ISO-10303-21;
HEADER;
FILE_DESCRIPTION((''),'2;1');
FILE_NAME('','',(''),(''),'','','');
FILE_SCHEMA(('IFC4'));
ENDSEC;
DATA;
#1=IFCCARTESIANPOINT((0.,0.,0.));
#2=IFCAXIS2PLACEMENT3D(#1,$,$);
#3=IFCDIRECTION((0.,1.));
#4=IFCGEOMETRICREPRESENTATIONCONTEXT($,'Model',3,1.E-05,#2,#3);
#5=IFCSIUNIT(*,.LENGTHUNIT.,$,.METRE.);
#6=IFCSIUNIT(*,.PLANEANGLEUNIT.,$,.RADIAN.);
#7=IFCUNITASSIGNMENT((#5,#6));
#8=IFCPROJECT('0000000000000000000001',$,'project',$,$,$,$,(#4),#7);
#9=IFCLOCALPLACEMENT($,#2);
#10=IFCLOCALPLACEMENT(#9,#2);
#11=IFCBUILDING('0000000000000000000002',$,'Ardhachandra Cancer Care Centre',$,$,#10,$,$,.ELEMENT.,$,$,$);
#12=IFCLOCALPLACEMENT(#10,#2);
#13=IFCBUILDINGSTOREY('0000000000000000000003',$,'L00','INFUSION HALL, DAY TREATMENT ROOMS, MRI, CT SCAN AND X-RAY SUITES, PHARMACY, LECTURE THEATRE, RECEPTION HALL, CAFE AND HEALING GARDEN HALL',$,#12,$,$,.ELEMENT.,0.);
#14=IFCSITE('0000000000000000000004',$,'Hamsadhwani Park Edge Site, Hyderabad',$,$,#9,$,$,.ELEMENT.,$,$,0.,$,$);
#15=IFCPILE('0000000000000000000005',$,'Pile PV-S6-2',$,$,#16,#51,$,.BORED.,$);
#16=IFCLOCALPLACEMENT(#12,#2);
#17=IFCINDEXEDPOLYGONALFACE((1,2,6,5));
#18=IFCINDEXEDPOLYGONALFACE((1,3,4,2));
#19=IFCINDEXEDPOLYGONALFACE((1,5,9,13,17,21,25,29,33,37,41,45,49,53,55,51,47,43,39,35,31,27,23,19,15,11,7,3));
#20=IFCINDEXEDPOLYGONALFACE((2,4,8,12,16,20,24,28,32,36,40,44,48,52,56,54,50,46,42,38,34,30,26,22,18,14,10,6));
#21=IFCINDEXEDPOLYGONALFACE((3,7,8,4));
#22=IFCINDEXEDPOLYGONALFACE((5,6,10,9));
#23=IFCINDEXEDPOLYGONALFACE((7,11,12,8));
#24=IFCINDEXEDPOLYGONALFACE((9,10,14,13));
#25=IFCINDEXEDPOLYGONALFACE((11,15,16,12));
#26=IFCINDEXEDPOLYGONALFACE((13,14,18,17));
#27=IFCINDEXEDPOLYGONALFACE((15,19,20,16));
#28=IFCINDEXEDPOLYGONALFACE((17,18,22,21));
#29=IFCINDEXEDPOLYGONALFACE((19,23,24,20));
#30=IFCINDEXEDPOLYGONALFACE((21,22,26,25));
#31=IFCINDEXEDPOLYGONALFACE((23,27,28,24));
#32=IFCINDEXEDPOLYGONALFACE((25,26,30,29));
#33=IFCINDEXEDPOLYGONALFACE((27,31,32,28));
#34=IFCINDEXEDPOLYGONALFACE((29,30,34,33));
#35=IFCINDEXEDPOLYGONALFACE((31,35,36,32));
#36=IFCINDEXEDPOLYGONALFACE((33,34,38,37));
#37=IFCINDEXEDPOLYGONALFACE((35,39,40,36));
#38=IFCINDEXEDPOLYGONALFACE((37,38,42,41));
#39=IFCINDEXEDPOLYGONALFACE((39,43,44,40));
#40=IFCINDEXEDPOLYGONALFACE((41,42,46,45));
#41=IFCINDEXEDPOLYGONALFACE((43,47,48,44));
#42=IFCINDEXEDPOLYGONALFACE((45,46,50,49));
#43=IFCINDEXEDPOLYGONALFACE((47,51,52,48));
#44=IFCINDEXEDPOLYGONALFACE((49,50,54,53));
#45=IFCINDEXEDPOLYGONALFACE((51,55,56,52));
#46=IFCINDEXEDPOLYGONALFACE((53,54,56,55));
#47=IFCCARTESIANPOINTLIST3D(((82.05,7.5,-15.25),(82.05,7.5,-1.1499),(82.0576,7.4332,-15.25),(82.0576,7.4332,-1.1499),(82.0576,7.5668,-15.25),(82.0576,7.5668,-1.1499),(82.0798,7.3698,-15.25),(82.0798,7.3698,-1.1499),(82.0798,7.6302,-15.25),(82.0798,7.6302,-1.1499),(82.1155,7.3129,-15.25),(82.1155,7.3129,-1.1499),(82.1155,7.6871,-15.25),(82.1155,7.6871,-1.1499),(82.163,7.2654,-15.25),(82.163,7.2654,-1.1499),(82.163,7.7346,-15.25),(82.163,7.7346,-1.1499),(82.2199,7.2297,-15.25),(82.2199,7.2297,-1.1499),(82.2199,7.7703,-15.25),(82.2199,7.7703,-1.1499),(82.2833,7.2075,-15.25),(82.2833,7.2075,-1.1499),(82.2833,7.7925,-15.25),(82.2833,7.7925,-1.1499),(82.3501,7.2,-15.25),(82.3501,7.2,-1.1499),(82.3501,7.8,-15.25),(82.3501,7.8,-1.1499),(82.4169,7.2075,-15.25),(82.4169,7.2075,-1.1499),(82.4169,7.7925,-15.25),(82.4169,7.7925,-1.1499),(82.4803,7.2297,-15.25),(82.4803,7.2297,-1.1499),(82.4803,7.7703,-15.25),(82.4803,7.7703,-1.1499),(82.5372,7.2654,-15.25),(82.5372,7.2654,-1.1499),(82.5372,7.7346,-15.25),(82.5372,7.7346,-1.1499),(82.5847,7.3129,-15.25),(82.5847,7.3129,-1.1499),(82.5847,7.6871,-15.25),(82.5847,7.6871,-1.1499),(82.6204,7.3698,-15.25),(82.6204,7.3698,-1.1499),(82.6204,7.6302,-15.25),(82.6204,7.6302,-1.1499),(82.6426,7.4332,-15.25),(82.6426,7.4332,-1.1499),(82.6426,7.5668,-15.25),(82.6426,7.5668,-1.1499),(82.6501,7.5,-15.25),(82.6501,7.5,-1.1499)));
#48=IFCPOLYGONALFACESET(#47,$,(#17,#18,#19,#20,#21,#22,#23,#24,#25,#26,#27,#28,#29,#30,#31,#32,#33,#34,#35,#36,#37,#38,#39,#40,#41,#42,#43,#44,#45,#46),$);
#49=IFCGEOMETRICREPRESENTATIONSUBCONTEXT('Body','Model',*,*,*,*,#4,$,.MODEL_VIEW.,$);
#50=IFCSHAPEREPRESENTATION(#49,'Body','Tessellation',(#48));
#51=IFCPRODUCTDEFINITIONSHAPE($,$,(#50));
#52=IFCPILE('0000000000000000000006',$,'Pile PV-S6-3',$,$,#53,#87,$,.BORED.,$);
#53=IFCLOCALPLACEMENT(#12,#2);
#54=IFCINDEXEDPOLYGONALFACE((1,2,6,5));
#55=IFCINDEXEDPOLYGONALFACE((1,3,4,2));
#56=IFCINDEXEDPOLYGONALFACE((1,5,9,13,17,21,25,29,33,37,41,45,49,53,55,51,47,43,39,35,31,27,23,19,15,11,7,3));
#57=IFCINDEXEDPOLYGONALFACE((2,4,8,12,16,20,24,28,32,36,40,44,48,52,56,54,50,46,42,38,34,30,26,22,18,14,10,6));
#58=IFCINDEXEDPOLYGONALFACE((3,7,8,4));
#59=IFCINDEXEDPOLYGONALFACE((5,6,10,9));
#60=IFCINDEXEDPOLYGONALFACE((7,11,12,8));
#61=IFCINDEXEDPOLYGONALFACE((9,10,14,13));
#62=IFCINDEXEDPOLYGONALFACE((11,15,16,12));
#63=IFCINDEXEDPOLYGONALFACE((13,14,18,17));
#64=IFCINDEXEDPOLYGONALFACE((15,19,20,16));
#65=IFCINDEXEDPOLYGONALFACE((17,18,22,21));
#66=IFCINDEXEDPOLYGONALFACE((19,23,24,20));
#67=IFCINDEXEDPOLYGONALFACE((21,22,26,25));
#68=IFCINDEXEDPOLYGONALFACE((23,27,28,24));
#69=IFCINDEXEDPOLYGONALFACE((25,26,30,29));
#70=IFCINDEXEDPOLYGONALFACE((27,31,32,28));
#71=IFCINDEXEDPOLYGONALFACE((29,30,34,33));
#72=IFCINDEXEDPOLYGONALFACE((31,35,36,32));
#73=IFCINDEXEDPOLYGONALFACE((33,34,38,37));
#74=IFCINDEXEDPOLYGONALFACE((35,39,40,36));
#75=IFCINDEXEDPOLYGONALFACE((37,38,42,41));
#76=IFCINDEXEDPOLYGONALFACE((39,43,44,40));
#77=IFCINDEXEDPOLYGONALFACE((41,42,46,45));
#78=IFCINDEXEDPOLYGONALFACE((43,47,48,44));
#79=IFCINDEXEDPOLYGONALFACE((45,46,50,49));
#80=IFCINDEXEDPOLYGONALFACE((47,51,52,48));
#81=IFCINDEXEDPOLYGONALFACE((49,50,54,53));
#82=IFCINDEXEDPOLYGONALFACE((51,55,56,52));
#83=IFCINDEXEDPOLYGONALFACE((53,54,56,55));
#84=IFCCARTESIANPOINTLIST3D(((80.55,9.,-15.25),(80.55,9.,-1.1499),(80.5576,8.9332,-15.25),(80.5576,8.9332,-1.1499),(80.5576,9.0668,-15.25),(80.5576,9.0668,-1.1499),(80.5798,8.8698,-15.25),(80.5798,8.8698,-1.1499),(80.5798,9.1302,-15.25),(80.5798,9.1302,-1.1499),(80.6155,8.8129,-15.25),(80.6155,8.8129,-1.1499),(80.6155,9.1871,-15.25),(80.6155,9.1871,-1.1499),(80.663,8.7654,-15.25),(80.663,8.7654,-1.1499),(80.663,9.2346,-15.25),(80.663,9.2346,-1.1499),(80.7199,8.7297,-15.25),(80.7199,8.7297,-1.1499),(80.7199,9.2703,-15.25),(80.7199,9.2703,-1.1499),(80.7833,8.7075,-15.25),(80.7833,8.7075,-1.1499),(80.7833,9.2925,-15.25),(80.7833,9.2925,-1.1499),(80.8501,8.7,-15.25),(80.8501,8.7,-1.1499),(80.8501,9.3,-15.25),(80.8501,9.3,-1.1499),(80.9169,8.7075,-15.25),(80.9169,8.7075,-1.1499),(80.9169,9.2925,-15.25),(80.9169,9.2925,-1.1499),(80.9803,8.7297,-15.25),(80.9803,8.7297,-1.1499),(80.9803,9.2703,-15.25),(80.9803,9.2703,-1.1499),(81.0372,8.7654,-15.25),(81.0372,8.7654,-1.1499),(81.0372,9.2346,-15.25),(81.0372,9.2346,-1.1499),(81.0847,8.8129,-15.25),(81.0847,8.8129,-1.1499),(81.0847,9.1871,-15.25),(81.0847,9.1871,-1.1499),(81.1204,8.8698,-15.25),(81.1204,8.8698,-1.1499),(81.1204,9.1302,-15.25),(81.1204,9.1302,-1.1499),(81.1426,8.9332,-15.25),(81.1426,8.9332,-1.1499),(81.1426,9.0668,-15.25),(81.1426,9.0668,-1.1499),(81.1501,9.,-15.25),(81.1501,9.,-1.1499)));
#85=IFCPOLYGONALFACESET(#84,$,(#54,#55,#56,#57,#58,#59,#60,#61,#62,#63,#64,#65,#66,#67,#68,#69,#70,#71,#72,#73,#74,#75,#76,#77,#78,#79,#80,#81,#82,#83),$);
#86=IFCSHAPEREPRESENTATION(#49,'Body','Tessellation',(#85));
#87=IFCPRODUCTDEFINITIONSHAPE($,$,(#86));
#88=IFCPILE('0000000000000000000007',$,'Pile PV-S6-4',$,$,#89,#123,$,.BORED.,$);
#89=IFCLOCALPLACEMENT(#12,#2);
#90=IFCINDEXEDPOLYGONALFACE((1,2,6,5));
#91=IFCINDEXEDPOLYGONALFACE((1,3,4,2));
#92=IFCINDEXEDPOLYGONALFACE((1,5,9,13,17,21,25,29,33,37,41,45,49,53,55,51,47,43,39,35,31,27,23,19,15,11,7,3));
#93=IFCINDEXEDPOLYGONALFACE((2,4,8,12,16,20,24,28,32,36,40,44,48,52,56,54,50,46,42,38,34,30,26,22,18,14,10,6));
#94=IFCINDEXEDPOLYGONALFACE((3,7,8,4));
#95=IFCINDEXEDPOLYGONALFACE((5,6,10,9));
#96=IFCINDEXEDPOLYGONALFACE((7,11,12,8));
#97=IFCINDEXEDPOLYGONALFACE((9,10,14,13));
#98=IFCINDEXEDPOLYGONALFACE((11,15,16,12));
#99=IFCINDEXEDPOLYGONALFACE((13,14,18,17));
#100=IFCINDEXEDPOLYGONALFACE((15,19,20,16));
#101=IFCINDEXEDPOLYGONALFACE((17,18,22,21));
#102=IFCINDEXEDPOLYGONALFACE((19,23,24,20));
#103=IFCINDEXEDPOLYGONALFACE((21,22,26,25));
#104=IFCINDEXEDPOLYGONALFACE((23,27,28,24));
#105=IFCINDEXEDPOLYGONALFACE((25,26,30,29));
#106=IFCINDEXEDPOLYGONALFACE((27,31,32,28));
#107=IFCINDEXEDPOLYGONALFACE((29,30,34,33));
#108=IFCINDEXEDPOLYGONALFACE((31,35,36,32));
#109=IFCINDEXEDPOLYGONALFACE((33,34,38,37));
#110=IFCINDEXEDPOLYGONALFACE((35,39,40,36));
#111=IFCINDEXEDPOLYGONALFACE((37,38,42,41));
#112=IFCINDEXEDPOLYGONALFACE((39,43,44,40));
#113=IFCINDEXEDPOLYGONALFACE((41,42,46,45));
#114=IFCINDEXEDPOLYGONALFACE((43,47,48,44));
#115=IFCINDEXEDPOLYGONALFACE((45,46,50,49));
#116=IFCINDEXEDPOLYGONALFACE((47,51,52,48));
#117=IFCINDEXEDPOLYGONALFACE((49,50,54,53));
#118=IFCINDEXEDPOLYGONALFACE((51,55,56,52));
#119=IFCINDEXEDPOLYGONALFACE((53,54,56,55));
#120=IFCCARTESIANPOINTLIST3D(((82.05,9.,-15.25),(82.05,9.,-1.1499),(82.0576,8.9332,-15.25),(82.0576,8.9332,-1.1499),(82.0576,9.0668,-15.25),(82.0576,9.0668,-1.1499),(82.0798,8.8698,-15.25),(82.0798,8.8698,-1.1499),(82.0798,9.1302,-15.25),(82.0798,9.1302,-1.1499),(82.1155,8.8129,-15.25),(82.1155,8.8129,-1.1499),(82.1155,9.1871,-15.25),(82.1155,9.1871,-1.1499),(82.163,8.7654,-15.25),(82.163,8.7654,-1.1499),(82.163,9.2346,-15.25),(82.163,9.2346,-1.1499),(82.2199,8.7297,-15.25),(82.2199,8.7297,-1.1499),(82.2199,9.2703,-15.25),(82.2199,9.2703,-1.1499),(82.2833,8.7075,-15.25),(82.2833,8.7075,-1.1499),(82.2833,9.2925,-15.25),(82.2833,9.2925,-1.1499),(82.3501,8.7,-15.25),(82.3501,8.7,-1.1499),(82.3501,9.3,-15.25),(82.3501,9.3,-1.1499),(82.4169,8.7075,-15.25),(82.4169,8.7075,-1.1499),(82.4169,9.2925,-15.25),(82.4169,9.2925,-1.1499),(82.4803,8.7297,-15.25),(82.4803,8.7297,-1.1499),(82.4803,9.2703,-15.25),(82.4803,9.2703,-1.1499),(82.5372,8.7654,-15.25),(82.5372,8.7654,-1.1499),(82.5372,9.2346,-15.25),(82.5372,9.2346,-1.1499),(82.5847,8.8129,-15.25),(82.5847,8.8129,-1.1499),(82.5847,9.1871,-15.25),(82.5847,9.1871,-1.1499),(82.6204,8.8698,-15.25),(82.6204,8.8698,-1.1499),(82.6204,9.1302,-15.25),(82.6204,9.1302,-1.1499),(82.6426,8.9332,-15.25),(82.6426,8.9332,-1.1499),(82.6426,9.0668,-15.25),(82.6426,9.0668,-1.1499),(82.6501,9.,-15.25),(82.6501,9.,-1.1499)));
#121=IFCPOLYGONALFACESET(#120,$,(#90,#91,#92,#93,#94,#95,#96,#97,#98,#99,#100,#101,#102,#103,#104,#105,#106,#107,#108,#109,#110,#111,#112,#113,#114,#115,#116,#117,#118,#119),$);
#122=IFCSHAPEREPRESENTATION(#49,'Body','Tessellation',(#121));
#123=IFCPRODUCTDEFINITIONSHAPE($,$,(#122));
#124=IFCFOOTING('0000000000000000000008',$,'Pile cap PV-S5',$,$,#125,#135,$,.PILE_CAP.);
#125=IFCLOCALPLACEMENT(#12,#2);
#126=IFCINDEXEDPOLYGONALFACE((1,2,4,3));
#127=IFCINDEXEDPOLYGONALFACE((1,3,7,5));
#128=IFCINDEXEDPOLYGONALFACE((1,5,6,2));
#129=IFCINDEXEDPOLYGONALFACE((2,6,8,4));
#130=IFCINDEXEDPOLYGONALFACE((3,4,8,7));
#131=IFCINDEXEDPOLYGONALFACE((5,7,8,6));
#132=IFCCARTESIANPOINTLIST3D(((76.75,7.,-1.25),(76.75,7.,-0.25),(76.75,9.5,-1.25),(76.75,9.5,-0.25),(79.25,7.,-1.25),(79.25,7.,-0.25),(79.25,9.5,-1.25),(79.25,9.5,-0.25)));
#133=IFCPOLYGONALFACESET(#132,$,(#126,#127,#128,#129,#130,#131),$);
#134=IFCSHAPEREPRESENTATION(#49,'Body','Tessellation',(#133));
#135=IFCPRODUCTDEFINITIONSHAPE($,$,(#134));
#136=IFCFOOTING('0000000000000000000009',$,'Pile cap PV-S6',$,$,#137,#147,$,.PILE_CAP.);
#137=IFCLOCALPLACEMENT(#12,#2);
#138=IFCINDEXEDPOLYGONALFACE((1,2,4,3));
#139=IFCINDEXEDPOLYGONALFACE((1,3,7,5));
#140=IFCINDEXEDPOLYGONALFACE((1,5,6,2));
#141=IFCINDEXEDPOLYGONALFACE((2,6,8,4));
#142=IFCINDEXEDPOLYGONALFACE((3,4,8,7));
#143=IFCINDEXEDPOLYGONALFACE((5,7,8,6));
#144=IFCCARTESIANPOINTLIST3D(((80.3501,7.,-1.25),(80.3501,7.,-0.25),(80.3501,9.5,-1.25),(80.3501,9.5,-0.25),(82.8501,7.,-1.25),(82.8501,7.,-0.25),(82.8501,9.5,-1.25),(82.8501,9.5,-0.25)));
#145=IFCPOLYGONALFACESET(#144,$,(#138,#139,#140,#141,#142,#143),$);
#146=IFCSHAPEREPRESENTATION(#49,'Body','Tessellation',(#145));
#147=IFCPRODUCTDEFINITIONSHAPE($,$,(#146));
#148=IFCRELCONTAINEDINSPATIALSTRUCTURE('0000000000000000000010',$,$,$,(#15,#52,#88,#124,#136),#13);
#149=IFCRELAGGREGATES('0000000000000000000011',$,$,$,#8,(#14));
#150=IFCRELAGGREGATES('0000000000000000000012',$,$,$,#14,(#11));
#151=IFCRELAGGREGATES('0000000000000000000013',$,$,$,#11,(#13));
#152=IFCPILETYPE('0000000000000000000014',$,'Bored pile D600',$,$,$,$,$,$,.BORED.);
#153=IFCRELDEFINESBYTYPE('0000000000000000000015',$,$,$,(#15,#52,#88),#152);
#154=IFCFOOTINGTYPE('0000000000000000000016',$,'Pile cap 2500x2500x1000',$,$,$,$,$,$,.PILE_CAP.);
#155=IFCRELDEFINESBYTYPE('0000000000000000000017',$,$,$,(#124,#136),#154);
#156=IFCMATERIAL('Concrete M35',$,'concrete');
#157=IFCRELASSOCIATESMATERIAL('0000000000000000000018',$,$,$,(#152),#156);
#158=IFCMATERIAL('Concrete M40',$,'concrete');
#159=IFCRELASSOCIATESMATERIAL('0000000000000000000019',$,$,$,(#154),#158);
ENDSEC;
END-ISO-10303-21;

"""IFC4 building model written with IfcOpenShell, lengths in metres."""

from ifc_helpers import new_model, si_unit, direction, frame, origin, origin_2d, place, context, subcontext, project, spatial, rectangle, circle, extrude, material, material_profile, profile_set, type_object, element, save


model = new_model("IFC4")

# Units and contexts
model_context = context("Model", 3, precision=1e-05, world=origin(), true_north=direction((0.0, 1.0)))
body_context = subcontext(model_context, "Body", "Model", "MODEL_VIEW")
ifc_project = project(units=[si_unit("LENGTHUNIT", "METRE"), si_unit("PLANEANGLEUNIT", "RADIAN")], contexts=[model_context])

# Site, building, storey
site_placement = place(None, origin())
site = spatial("IfcSite", under=ifc_project, at=site_placement, Name="Hamsadhwani Park Edge Site, Hyderabad", CompositionType="ELEMENT", RefElevation=0.0)
building_placement = place(site_placement, origin())
building = spatial("IfcBuilding", under=site, at=building_placement, Name="Ardhachandra Cancer Care Centre", CompositionType="ELEMENT")
storey_placement = place(building_placement, origin())
storey = spatial("IfcBuildingStorey", under=building, at=storey_placement, Name="L00", Description="INFUSION HALL, DAY TREATMENT ROOMS, MRI, CT SCAN AND X-RAY SUITES, PHARMACY, LECTURE THEATRE, RECEPTION HALL, CAFE AND HEALING GARDEN HALL", CompositionType="ELEMENT", Elevation=0.0)

# Piles
ifc_material_1 = material(Name="Concrete M35", Category="concrete")
ifc_material_profile_1 = material_profile(ifc_material_1, circle(Radius=0.3, at=origin_2d()), Name="D600")
ifc_profile_set_1 = profile_set([ifc_material_profile_1], Name="Concrete M35")
pile_type = type_object("IfcPileType", Name="Bored pile D600", PredefinedType="BORED", material=ifc_profile_set_1)
for number, where, z_axis, x_axis, name in (
    (1, (82.3501, 7.5, -1.1499), (0.0, 0.0, -1.0), (1.0, 0.0, 0.0), "Pile PV-S6-2"),
    (2, (80.8501, 9.0, -1.1499), (0.0, 0.0, -1.0), (1.0, 0.0, 0.0), "Pile PV-S6-3"),
    (3, (82.3501, 9.0, -1.1499), (0.0, 0.0, -1.0), (1.0, 0.0, 0.0), "Pile PV-S6-4"),
):
    element("IfcPile", number, at=place(storey_placement, frame(where, z_axis=z_axis, x_axis=x_axis)), inside=storey, type_object=pile_type, Name=name, PredefinedType="BORED", context=body_context, shape_type="SweptSolid", body=[
        extrude(circle(Radius=0.3, at=origin_2d()), origin(), (0.0, 0.0, 1.0), 14.1001),
    ])

# Footings
ifc_material_2 = material(Name="Concrete M40", Category="concrete")
footing_type = type_object("IfcFootingType", Name="Pile cap 2500x2500x1000", PredefinedType="PILE_CAP", material=ifc_material_2)
for number, where, z_axis, x_axis, name in (
    (4, (78.0, 8.25, -1.25), (0.0, 0.0, 1.0), (1.0, 0.0, 0.0), "Pile cap PV-S5"),
    (5, (81.6001, 8.25, -1.25), (0.0, 0.0, 1.0), (1.0, 0.0, 0.0), "Pile cap PV-S6"),
):
    element("IfcFooting", number, at=place(storey_placement, frame(where, z_axis=z_axis, x_axis=x_axis)), inside=storey, type_object=footing_type, Name=name, PredefinedType="PILE_CAP", context=body_context, shape_type="SweptSolid", body=[
        extrude(rectangle(XDim=2.5, YDim=2.5, at=origin_2d()), origin(), (0.0, 0.0, 1.0), 1.0),
    ])

save(model, "model.ifc")
